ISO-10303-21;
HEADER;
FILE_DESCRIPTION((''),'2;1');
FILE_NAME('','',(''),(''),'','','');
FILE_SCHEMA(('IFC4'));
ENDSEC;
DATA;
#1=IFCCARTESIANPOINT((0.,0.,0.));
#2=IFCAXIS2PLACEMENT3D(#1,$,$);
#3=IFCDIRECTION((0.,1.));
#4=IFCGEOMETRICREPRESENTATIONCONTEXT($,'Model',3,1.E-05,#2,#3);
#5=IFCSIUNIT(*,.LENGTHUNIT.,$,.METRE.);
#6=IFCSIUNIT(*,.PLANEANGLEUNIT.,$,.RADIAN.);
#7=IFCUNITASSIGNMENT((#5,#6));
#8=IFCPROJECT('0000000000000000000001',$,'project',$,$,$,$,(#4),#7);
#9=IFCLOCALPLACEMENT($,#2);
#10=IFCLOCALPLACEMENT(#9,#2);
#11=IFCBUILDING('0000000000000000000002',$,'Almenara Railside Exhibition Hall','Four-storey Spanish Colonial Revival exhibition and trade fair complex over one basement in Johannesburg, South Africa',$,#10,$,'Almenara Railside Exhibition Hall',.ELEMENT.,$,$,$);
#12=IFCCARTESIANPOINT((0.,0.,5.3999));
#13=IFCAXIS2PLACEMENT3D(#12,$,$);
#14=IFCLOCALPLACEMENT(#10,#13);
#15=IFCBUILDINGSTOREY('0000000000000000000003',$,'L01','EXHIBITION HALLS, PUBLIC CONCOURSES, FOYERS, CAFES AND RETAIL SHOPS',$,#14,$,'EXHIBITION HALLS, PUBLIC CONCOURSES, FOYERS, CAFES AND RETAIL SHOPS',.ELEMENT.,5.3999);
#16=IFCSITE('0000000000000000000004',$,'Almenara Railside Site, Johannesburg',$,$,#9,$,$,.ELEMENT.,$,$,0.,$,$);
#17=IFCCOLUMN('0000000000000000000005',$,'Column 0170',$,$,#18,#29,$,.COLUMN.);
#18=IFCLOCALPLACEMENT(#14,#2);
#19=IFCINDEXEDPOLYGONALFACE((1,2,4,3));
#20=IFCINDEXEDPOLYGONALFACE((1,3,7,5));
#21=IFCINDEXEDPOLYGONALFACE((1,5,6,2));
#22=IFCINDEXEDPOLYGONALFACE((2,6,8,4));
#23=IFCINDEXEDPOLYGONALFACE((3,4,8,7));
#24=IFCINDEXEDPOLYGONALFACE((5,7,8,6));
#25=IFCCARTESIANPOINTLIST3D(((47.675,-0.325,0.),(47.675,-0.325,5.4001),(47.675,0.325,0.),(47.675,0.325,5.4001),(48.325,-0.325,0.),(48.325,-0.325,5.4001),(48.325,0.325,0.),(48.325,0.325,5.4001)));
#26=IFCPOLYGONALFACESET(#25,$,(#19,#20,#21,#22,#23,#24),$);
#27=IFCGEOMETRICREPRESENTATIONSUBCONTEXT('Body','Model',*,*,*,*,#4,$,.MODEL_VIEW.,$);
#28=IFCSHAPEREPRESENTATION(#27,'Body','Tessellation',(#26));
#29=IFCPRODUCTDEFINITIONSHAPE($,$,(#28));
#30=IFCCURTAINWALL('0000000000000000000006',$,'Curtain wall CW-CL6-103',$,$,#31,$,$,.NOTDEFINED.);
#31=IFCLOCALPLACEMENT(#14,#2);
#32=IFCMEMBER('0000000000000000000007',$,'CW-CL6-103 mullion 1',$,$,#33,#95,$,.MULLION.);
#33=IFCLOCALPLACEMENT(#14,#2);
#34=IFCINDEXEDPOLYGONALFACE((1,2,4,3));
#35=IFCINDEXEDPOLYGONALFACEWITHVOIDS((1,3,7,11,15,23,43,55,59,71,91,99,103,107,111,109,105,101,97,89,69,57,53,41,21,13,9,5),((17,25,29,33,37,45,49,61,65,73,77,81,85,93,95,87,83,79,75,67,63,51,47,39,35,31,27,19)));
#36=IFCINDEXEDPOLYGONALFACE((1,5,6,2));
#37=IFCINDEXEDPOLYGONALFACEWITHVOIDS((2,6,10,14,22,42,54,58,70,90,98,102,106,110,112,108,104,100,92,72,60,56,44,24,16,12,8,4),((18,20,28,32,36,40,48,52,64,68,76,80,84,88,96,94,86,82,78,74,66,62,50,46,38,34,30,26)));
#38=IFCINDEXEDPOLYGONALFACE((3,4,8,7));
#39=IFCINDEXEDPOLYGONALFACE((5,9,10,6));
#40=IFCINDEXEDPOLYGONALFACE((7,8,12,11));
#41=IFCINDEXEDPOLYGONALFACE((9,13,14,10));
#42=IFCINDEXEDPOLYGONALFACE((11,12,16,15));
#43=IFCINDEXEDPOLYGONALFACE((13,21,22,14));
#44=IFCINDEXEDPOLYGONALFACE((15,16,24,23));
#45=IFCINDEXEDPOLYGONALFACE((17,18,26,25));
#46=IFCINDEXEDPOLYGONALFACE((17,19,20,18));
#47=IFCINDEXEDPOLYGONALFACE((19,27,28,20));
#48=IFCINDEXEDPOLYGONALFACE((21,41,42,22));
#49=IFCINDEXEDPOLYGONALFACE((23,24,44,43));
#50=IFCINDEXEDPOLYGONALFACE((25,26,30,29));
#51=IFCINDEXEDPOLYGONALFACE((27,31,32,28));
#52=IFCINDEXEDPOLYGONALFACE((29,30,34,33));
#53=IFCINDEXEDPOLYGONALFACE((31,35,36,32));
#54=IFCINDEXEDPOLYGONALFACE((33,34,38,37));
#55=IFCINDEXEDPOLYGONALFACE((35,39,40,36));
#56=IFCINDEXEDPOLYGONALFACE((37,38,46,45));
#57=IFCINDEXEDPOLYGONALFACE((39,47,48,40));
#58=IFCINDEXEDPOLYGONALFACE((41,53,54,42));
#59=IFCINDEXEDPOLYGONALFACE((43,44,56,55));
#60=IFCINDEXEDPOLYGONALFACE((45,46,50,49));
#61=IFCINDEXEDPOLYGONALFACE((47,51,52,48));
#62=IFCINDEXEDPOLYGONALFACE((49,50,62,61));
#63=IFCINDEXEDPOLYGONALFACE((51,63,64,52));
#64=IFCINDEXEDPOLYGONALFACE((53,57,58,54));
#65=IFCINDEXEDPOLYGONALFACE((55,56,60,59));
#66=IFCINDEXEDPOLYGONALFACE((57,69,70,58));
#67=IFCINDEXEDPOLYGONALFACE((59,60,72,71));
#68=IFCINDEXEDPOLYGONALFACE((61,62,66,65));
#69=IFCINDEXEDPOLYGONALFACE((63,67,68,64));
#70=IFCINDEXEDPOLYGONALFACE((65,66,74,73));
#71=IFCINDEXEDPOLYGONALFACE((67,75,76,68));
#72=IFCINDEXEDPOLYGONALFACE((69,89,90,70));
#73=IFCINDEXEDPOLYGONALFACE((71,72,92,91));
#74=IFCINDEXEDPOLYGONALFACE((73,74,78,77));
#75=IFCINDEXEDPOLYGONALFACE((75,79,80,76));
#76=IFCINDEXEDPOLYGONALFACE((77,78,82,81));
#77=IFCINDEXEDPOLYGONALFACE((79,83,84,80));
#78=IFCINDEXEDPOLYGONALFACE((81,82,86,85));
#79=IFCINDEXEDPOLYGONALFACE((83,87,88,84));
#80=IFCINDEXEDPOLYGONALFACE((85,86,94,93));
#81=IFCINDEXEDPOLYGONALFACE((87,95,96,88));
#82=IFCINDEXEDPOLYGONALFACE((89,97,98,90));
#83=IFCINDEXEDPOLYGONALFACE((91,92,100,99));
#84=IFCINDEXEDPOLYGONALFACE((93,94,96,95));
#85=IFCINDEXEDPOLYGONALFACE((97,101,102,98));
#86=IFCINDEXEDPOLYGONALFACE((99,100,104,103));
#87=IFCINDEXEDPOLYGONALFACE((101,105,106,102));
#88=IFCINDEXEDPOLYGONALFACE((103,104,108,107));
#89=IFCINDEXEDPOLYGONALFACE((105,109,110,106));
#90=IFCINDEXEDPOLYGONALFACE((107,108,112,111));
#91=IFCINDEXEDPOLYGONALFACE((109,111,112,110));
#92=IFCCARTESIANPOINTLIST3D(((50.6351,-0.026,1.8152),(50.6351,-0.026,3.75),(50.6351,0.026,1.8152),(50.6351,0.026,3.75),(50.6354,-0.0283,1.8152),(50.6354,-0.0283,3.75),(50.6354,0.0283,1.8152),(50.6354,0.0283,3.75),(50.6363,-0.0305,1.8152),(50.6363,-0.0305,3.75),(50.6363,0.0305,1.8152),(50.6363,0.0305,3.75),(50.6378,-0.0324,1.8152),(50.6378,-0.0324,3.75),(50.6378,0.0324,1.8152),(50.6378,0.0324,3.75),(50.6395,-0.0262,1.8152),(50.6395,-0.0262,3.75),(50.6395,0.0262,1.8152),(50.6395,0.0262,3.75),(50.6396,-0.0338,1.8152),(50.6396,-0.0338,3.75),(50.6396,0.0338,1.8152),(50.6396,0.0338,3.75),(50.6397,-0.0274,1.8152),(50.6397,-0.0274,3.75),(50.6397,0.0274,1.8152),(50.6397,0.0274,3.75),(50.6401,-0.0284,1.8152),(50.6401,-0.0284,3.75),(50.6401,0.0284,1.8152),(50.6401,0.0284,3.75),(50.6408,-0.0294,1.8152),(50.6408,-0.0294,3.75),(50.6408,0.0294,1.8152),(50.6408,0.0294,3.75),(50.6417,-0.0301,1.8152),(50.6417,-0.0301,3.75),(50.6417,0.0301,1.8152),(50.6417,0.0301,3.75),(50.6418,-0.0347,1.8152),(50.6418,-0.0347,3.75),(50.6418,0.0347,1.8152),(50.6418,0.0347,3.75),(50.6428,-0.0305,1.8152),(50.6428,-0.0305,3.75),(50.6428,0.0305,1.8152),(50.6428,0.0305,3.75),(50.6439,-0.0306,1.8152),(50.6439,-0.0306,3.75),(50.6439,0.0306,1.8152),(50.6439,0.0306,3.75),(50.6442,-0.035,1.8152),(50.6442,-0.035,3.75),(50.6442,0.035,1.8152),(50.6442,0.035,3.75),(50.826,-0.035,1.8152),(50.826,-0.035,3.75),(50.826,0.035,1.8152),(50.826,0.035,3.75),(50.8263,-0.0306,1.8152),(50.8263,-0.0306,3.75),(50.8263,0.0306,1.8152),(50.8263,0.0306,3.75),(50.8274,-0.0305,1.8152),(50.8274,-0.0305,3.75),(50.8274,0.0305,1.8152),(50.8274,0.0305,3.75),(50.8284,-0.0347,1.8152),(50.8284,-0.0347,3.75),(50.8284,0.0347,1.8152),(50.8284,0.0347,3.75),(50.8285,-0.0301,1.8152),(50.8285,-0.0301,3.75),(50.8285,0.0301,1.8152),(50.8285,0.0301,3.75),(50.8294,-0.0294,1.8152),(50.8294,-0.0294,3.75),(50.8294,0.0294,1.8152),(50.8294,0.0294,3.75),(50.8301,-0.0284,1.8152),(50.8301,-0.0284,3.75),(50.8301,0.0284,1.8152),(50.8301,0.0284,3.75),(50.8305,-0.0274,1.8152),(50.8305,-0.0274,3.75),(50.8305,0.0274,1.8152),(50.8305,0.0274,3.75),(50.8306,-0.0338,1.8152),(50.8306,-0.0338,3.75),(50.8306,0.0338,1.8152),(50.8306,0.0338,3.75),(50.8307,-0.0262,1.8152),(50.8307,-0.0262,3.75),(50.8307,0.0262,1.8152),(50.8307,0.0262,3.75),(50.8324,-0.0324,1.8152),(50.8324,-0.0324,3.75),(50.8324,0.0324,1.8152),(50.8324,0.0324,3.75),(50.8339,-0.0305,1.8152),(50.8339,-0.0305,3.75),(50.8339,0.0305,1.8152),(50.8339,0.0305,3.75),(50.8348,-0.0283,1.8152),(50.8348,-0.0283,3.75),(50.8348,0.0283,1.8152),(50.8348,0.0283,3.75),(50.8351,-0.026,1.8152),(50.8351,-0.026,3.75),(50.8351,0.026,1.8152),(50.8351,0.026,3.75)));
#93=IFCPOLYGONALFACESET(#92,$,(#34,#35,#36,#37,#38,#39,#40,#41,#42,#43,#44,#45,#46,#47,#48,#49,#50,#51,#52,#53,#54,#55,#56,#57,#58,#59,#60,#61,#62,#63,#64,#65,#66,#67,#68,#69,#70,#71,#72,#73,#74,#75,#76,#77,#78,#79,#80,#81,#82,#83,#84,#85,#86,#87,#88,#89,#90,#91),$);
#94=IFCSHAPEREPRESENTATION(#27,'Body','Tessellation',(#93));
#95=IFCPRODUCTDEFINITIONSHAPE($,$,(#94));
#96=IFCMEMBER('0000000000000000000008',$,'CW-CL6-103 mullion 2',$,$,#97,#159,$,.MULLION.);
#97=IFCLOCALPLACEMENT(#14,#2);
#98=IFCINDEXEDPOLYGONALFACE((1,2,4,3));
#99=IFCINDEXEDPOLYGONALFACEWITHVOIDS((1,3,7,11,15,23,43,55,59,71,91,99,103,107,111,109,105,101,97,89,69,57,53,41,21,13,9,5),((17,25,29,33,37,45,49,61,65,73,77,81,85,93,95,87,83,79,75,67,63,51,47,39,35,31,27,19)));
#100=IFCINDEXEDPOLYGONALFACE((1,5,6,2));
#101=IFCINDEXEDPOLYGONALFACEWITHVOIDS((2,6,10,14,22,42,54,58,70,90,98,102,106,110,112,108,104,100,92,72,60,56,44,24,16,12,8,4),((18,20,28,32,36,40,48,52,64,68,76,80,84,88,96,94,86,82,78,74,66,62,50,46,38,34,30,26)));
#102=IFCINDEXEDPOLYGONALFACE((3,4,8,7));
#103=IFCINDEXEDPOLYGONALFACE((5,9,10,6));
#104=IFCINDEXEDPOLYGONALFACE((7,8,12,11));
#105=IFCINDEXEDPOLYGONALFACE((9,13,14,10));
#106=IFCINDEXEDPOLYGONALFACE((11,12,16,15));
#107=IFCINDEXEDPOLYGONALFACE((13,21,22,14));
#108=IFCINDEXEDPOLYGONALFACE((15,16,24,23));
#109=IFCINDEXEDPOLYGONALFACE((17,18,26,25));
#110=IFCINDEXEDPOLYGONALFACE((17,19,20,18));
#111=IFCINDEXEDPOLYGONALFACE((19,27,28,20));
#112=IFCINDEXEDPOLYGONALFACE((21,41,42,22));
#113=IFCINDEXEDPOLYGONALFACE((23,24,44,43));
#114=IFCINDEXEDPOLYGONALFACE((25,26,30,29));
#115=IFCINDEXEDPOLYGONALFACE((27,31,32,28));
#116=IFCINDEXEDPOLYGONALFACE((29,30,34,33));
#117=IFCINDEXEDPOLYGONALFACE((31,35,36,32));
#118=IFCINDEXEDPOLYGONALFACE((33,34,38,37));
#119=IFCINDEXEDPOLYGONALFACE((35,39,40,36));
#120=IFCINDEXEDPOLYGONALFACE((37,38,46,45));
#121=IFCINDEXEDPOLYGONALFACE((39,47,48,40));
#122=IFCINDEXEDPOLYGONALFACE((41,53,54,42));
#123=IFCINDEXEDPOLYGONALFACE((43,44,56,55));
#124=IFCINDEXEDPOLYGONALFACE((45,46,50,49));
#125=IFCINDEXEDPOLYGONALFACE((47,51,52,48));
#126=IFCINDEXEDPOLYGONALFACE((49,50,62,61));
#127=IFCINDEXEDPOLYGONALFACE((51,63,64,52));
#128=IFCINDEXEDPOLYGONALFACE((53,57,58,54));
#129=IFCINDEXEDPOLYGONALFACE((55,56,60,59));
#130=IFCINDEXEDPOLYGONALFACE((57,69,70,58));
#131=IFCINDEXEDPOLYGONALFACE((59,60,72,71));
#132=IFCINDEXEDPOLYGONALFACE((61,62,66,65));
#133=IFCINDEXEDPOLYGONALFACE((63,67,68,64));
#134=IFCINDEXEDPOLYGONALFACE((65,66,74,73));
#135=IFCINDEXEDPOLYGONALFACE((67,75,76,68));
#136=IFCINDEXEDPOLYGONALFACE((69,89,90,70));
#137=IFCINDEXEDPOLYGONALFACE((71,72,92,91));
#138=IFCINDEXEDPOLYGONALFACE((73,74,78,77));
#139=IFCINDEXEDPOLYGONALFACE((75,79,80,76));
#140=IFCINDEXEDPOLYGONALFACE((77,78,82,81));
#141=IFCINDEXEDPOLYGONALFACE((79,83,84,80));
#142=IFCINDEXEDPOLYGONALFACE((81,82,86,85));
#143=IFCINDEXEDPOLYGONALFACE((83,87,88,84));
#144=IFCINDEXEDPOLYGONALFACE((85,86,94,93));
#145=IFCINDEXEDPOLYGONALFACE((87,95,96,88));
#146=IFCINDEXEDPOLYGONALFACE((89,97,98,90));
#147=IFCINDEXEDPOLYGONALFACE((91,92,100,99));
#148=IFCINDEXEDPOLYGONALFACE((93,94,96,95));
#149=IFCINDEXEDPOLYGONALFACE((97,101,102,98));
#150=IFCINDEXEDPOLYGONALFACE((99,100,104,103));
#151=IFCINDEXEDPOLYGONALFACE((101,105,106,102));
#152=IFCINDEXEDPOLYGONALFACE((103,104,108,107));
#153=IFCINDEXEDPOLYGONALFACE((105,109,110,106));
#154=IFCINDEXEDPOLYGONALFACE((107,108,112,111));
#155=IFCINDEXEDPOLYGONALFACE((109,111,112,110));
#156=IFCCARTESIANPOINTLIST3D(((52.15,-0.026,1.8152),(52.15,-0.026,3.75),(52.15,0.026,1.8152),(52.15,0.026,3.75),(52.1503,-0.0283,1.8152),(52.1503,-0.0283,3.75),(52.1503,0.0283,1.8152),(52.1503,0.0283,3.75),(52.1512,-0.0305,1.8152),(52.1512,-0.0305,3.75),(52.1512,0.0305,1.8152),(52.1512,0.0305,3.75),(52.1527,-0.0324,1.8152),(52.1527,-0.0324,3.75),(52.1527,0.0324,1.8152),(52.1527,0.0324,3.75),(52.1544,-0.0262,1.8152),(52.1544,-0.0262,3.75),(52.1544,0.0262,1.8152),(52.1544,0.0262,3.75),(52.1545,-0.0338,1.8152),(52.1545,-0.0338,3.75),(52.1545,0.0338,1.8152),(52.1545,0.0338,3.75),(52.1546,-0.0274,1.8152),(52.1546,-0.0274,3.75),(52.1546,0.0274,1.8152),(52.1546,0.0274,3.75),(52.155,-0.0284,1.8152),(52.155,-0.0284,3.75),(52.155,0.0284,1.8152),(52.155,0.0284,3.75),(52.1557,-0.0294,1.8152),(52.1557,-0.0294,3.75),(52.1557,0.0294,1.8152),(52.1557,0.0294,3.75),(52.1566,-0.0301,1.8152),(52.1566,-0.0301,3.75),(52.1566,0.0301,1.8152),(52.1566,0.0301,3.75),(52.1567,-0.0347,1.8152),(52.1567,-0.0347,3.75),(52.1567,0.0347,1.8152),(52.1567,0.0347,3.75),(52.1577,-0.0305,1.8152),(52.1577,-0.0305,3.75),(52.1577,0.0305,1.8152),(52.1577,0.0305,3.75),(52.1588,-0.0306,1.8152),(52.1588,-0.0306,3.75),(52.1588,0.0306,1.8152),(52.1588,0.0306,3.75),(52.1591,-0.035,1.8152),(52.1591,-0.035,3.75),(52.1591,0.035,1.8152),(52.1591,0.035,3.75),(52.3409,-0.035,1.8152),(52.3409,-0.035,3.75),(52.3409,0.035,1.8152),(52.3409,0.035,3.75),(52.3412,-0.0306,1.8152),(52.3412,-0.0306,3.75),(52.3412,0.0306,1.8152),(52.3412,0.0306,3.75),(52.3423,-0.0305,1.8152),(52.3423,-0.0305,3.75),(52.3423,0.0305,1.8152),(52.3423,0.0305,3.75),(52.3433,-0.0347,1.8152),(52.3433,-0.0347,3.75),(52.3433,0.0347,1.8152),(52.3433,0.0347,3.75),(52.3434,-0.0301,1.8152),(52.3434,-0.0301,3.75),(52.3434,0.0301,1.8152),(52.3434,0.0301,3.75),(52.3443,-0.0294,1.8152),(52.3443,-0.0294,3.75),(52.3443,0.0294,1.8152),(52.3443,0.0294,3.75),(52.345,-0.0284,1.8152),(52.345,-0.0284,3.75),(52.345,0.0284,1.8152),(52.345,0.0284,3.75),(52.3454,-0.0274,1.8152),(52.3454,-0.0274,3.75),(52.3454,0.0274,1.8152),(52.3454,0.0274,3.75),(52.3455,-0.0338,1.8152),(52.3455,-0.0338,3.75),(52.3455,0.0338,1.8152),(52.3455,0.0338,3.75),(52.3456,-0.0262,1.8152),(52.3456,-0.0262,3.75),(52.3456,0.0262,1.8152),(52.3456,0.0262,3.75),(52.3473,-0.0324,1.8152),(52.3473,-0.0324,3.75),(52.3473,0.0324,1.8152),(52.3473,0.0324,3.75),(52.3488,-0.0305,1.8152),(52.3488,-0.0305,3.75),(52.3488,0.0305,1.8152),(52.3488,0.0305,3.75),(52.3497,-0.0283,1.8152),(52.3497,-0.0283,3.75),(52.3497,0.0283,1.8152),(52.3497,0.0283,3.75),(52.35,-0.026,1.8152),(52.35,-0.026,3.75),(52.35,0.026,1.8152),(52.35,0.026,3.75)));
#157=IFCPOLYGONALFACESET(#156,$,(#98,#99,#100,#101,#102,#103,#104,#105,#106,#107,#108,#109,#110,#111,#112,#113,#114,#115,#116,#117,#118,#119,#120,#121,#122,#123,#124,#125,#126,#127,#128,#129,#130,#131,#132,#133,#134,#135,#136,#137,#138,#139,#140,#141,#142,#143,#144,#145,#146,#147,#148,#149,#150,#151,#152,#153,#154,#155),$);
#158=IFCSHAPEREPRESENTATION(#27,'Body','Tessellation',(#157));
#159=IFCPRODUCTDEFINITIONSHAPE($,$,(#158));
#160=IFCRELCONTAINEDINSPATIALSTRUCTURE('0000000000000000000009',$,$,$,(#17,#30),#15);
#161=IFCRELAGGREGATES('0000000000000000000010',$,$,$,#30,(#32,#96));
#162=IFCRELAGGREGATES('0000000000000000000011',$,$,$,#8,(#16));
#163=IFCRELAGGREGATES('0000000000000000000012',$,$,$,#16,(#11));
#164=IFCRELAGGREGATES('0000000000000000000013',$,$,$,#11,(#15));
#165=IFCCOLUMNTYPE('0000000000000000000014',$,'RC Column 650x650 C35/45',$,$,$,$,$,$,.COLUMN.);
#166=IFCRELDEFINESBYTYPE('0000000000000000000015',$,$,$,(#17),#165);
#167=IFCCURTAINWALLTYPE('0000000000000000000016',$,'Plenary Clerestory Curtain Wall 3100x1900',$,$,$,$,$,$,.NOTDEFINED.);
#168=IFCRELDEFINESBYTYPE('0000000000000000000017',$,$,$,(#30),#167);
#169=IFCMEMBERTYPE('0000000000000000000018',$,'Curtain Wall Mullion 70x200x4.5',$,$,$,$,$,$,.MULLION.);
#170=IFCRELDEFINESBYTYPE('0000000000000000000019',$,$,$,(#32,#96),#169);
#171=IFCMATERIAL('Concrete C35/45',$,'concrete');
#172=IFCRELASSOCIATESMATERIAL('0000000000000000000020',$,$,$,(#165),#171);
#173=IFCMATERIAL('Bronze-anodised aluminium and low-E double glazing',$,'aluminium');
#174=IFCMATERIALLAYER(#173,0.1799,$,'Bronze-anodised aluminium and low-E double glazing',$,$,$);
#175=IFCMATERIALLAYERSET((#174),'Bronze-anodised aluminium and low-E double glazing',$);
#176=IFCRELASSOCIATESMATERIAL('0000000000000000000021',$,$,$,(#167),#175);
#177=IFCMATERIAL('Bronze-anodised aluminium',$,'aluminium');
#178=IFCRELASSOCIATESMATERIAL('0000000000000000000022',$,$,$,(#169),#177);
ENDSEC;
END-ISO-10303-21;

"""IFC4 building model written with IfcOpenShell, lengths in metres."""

from ifc_helpers import new_model, si_unit, direction, frame, origin, origin_2d, place, context, subcontext, project, spatial, rectangle, hollow_rectangle, extrude, material, layer, layer_set, material_profile, profile_set, type_object, element, aggregate, save


model = new_model("IFC4")

# Units and contexts
model_context = context("Model", 3, precision=1e-05, world=origin(), true_north=direction((0.0, 1.0)))
body_context = subcontext(model_context, "Body", "Model", "MODEL_VIEW")
ifc_project = project(units=[si_unit("LENGTHUNIT", "METRE"), si_unit("PLANEANGLEUNIT", "RADIAN")], contexts=[model_context])

# Site, building, storey
site_placement = place(None, origin())
site = spatial("IfcSite", under=ifc_project, at=site_placement, Name="Almenara Railside Site, Johannesburg", CompositionType="ELEMENT", RefElevation=0.0)
building_placement = place(site_placement, origin())
building = spatial("IfcBuilding", under=site, at=building_placement, Name="Almenara Railside Exhibition Hall", Description="Four-storey Spanish Colonial Revival exhibition and trade fair complex over one basement in Johannesburg, South Africa", LongName="Almenara Railside Exhibition Hall", CompositionType="ELEMENT")
storey_placement = place(building_placement, frame((0.0, 0.0, 5.3999)))
storey = spatial("IfcBuildingStorey", under=building, at=storey_placement, Name="L01", Description="EXHIBITION HALLS, PUBLIC CONCOURSES, FOYERS, CAFES AND RETAIL SHOPS", LongName="EXHIBITION HALLS, PUBLIC CONCOURSES, FOYERS, CAFES AND RETAIL SHOPS", CompositionType="ELEMENT", Elevation=5.3999)

# Column
ifc_material_1 = material(Name="Concrete C35/45", Category="concrete")
ifc_material_profile_1 = material_profile(ifc_material_1, rectangle(XDim=0.6499, YDim=0.6499, at=origin_2d()), Name="RC 650x650")
ifc_profile_set_1 = profile_set([ifc_material_profile_1], Name="Concrete C35/45")
column_type = type_object("IfcColumnType", Name="RC Column 650x650 C35/45", PredefinedType="COLUMN", material=ifc_profile_set_1)
column_placement = place(storey_placement, frame((48.0, 0.0, 0.0), z_axis=(0.0, 0.0, 1.0), x_axis=(1.0, 0.0, 0.0)))
element("IfcColumn", 1, at=column_placement, inside=storey, type_object=column_type, Name="Column 0170", PredefinedType="COLUMN", context=body_context, shape_type="SweptSolid", body=[
    extrude(rectangle(XDim=0.6499, YDim=0.6499, at=origin_2d()), origin(), (0.0, 0.0, 1.0), 5.4001),
])

# Curtain wall, members
ifc_material_2 = material(Name="Bronze-anodised aluminium and low-E double glazing", Category="aluminium")
ifc_layer_1 = layer(ifc_material_2, 0.1799, Name="Bronze-anodised aluminium and low-E double glazing")
ifc_layer_set_1 = layer_set([ifc_layer_1], Name="Bronze-anodised aluminium and low-E double glazing")
curtain_wall_type = type_object("IfcCurtainWallType", Name="Plenary Clerestory Curtain Wall 3100x1900", PredefinedType="NOTDEFINED", material=ifc_layer_set_1)
curtain_wall_placement = place(storey_placement, origin())
curtain_wall = element("IfcCurtainWall", 2, at=curtain_wall_placement, inside=storey, type_object=curtain_wall_type, Name="Curtain wall CW-CL6-103", PredefinedType="NOTDEFINED")
ifc_material_3 = material(Name="Bronze-anodised aluminium", Category="aluminium")
ifc_material_profile_2 = material_profile(ifc_material_3, hollow_rectangle(XDim=0.0701, YDim=0.2, WallThickness=0.0044, InnerFilletRadius=0.0044, OuterFilletRadius=0.009, at=origin_2d()), Name="ALU-MUL 70x200x4.5")
ifc_profile_set_2 = profile_set([ifc_material_profile_2], Name="Bronze-anodised aluminium")
member_type_1 = type_object("IfcMemberType", Name="Curtain Wall Mullion 70x200x4.5", PredefinedType="MULLION", material=ifc_profile_set_2)
member_1_placement = place(storey_placement, frame((50.7351, 0.0, 1.8152), z_axis=(0.0, 0.0, 1.0), x_axis=(0.0, 1.0, 0.0)))
member_1 = element("IfcMember", 3, at=member_1_placement, type_object=member_type_1, Name="CW-CL6-103 mullion 1", PredefinedType="MULLION", context=body_context, shape_type="SweptSolid", body=[
    extrude(hollow_rectangle(XDim=0.0701, YDim=0.2, WallThickness=0.0044, InnerFilletRadius=0.0044, OuterFilletRadius=0.009, at=origin_2d()), origin(), (0.0, 0.0, 1.0), 1.9348),
])
member_2_placement = place(storey_placement, frame((52.25, 0.0, 1.8152), z_axis=(0.0, 0.0, 1.0), x_axis=(0.0, 1.0, 0.0)))
member_2 = element("IfcMember", 4, at=member_2_placement, type_object=member_type_1, Name="CW-CL6-103 mullion 2", PredefinedType="MULLION", context=body_context, shape_type="SweptSolid", body=[
    extrude(hollow_rectangle(XDim=0.0701, YDim=0.2, WallThickness=0.0044, InnerFilletRadius=0.0044, OuterFilletRadius=0.009, at=origin_2d()), origin(), (0.0, 0.0, 1.0), 1.9348),
])

aggregate(curtain_wall, [member_1, member_2])

save(model, "model.ifc")
